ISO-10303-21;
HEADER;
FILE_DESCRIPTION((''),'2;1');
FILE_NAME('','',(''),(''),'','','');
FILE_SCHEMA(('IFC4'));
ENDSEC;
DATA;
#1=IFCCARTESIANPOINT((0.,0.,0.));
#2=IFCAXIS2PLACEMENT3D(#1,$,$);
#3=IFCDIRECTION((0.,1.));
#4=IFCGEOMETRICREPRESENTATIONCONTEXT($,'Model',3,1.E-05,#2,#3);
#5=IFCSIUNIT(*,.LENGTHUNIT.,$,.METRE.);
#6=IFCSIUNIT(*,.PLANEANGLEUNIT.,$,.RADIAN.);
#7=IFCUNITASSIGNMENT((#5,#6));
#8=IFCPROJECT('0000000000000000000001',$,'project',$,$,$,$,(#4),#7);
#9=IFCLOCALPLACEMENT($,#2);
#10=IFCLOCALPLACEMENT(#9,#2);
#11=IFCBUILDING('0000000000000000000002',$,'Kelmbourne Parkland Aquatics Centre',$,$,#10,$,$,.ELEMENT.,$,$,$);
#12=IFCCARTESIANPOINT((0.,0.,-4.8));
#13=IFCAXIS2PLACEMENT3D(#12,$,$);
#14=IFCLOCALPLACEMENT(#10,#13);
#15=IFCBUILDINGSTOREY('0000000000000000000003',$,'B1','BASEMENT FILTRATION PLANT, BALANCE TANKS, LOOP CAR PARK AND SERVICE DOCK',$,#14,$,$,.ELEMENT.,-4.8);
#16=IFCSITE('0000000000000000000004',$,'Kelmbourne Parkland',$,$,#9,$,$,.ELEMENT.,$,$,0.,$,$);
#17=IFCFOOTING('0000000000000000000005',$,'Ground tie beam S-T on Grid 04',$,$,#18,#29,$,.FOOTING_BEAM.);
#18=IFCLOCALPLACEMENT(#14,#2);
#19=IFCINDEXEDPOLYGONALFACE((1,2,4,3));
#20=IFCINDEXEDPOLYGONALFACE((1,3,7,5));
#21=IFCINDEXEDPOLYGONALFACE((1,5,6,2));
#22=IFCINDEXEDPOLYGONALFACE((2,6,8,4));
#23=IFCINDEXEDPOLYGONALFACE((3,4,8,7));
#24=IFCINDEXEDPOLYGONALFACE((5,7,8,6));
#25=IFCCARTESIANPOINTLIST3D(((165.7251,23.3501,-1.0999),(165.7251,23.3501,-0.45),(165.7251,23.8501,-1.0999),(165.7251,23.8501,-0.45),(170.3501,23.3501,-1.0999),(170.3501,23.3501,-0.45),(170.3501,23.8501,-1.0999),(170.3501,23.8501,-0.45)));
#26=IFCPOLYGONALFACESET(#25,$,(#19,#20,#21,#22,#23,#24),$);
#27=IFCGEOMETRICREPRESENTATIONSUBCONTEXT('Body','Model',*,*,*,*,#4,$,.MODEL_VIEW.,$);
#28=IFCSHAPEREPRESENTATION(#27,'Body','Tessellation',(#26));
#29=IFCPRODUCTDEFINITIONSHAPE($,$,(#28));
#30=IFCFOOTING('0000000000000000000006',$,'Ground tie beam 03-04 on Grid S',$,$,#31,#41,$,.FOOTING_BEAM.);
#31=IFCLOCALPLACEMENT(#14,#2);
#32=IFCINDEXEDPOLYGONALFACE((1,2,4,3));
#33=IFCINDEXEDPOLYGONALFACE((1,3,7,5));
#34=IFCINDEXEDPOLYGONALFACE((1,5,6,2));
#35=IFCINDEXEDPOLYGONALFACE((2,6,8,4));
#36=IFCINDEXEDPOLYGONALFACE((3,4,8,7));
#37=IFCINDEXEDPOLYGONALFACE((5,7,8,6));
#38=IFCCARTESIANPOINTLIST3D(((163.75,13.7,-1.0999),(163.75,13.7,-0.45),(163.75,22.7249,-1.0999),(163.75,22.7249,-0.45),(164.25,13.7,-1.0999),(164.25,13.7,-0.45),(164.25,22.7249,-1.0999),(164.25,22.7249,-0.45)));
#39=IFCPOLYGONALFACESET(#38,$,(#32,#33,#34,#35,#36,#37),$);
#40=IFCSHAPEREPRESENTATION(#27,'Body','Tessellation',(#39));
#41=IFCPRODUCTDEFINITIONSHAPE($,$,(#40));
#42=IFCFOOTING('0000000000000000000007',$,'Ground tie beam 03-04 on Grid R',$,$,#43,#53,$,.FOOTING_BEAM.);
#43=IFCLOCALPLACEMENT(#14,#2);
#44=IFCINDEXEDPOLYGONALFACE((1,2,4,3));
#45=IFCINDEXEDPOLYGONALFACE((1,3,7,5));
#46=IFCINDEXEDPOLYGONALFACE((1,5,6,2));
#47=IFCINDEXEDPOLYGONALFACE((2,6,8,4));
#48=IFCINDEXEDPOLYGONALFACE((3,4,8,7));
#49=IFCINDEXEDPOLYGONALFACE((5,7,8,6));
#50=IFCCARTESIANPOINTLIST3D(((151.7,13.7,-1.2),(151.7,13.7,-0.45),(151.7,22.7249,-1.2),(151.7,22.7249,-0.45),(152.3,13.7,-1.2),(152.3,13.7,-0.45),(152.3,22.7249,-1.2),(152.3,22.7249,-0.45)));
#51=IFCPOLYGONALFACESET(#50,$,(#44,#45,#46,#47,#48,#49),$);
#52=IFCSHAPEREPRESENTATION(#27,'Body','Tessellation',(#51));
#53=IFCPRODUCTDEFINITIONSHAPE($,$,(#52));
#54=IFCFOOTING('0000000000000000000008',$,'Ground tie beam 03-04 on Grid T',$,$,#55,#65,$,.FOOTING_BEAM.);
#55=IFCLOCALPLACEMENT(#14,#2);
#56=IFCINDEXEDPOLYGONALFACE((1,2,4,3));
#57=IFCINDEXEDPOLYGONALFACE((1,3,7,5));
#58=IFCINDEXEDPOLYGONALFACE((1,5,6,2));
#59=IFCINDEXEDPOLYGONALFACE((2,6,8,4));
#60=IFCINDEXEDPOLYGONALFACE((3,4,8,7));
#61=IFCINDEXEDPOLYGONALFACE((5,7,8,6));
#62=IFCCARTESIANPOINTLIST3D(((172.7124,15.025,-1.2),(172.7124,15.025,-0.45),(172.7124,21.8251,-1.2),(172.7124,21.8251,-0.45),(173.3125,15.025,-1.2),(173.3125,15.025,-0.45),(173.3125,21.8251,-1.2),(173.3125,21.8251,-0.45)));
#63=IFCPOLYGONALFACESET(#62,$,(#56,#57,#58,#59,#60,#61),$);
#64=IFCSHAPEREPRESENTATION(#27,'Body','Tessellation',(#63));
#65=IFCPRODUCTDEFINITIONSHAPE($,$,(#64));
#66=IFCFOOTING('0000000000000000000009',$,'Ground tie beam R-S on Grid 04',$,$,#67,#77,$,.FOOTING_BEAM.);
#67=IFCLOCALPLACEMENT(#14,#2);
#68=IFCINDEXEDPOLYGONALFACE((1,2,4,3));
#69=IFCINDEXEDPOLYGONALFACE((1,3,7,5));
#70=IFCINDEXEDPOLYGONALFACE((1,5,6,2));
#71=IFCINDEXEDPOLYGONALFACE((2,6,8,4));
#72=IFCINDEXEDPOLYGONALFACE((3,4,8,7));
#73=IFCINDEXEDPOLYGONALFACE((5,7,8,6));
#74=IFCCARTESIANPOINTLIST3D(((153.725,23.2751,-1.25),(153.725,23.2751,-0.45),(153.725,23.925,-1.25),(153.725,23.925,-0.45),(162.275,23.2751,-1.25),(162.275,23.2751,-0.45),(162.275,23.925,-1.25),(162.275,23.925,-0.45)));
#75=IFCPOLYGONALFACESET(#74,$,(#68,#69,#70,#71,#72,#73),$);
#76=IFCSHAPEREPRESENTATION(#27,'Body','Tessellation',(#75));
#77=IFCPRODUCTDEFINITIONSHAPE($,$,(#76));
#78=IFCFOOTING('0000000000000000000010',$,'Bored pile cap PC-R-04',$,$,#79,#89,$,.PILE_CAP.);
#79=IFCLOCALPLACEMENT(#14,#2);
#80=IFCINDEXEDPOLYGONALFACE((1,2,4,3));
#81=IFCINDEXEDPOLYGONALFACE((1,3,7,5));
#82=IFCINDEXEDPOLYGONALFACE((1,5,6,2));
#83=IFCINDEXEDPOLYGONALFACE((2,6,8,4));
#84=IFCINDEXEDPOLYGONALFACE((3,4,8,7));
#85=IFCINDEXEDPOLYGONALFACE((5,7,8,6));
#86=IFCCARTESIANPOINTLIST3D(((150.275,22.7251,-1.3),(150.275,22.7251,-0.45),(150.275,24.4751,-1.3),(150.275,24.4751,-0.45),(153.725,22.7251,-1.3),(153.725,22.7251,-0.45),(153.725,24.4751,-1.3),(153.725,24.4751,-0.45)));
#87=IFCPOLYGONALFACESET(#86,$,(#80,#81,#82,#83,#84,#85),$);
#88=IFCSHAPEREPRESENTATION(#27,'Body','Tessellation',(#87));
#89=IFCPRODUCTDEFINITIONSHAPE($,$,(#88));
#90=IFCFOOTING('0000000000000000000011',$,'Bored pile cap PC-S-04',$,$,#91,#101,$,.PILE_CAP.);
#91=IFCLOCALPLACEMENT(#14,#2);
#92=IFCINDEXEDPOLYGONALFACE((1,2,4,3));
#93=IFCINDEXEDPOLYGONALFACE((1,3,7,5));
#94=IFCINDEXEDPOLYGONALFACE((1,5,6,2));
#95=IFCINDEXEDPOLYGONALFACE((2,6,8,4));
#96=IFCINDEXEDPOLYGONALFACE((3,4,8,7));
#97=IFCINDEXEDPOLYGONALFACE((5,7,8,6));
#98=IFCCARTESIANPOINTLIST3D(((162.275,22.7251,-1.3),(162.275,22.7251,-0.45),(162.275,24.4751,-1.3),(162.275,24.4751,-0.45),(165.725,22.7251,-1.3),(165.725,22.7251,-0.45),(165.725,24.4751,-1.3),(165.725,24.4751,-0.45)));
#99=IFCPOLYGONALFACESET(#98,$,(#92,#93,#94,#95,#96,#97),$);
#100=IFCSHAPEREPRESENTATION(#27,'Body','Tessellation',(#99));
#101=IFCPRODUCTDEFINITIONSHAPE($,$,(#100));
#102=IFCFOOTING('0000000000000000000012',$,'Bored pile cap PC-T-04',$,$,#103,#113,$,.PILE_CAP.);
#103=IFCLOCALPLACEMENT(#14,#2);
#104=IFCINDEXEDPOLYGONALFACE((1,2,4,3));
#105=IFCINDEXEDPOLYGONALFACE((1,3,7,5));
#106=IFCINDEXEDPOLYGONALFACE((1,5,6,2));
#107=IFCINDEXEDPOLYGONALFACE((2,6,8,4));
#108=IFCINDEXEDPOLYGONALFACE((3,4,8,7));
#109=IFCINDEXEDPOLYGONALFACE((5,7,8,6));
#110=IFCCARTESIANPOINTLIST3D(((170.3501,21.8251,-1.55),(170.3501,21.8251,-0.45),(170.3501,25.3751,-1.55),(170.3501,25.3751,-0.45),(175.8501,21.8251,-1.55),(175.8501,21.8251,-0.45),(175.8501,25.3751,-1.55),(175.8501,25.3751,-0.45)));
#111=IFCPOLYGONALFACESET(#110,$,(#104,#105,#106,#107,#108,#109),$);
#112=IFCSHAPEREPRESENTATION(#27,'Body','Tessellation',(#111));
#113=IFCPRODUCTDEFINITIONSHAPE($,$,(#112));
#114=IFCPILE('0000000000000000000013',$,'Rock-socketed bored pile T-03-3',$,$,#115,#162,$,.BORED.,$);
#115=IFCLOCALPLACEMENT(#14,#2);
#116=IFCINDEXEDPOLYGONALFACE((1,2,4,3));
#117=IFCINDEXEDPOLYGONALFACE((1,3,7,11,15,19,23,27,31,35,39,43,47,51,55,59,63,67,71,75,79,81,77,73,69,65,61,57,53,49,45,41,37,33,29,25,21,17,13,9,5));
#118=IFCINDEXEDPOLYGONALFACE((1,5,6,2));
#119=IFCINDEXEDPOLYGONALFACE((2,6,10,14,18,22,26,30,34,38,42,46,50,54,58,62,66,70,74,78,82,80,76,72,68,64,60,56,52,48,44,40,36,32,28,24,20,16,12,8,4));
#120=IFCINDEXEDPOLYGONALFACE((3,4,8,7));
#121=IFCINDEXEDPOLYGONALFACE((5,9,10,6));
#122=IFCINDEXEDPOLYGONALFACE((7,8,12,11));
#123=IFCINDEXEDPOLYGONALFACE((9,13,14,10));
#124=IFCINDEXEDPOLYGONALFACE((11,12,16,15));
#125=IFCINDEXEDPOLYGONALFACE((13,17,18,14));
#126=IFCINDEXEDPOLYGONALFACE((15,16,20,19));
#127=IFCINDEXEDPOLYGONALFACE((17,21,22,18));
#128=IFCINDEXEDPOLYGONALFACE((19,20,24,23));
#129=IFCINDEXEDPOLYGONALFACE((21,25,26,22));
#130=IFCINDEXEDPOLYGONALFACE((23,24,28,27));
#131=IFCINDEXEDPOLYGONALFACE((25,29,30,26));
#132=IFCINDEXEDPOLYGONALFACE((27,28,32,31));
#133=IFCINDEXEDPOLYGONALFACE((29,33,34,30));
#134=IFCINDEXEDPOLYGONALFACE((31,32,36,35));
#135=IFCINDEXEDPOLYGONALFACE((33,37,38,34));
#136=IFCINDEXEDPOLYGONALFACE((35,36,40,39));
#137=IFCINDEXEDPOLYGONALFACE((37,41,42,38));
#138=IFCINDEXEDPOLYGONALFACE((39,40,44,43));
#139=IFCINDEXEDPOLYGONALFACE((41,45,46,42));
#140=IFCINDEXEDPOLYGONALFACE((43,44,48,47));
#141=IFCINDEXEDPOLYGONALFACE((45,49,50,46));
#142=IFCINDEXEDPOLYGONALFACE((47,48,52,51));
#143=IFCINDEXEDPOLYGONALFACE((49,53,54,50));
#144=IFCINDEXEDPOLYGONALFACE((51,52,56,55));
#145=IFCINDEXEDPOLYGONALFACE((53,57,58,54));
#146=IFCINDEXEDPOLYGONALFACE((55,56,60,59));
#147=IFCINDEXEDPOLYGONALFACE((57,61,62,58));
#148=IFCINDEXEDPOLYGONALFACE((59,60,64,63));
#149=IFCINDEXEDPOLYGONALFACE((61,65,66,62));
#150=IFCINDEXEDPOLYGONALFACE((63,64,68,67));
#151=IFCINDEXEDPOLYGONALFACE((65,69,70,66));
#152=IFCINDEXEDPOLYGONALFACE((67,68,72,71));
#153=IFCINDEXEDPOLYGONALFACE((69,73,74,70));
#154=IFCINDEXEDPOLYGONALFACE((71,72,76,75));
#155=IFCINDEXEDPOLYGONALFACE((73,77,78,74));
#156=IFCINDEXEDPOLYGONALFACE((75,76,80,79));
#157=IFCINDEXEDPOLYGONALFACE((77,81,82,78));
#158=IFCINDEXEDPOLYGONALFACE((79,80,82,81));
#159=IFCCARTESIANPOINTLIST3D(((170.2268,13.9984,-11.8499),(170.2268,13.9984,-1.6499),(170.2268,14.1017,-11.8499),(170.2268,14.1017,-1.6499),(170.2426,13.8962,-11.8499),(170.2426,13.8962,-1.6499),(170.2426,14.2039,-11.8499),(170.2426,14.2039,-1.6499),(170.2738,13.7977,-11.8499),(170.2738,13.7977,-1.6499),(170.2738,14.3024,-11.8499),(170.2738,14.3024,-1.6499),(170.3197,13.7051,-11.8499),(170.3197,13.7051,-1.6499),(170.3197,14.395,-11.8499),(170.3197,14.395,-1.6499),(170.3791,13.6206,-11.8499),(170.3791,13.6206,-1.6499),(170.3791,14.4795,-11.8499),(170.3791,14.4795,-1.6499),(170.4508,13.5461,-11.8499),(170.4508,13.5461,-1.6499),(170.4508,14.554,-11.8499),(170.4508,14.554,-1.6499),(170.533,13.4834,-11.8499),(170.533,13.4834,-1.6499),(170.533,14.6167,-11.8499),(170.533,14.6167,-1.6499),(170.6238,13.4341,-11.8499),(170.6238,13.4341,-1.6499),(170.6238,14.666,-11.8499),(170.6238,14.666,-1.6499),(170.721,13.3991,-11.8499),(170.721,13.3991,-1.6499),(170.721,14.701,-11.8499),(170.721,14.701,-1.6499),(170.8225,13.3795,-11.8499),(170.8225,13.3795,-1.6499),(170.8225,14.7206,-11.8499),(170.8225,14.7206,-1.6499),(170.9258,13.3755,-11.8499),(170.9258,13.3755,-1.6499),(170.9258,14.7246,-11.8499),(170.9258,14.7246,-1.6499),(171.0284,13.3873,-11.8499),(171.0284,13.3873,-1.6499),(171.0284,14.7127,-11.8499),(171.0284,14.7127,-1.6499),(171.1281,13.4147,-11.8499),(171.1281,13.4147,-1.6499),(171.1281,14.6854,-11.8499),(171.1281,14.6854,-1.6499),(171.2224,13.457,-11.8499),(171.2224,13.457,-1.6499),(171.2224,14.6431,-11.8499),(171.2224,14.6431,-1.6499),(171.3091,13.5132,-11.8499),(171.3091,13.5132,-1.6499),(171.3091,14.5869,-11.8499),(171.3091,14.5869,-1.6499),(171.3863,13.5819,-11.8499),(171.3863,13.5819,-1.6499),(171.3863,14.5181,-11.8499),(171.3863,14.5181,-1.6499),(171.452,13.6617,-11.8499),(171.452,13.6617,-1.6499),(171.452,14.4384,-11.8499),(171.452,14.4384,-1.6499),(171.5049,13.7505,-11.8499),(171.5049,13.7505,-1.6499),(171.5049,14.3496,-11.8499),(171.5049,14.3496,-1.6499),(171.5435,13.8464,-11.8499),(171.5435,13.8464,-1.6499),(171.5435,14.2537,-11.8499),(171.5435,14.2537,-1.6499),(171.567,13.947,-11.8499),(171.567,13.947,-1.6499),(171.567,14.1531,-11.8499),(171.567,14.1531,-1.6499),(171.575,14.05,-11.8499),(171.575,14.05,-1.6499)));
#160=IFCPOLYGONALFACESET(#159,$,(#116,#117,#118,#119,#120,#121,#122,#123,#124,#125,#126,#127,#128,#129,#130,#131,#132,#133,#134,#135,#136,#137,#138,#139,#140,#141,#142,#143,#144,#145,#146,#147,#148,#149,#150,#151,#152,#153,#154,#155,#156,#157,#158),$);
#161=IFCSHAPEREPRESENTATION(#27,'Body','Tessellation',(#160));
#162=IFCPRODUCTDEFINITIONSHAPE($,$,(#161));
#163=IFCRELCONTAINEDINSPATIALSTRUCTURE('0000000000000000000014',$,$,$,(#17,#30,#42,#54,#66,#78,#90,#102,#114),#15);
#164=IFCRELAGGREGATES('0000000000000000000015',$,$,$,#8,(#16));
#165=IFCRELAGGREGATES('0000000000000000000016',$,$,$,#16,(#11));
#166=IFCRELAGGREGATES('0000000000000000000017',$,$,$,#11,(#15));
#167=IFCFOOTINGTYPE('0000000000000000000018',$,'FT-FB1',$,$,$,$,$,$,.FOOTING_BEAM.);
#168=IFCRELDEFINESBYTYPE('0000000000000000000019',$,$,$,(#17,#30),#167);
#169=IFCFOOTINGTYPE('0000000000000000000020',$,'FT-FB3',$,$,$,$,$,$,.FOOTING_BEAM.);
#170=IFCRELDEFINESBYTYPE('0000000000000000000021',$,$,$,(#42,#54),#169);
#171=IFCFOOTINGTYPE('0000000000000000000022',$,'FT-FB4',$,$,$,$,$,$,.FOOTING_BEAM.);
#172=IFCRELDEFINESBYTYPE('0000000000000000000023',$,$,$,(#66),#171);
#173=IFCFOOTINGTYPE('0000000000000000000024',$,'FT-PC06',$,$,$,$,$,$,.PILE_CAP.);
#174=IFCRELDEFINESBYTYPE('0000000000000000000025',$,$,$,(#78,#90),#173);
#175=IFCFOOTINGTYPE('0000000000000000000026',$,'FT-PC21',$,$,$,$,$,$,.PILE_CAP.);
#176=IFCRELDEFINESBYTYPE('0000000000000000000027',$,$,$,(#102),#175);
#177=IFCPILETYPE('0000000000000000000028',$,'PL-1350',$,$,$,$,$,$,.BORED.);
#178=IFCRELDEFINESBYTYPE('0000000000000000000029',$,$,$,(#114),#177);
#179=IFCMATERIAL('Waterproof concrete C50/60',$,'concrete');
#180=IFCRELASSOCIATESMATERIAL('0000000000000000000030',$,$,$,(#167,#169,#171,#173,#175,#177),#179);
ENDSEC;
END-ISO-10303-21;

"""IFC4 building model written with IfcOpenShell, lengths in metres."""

from ifc_helpers import new_model, si_unit, direction, frame, origin, origin_2d, place, context, subcontext, project, spatial, rectangle, circle, extrude, material, material_profile, profile_set, type_object, element, save


model = new_model("IFC4")

# Units and contexts
model_context = context("Model", 3, precision=1e-05, world=origin(), true_north=direction((0.0, 1.0)))
body_context = subcontext(model_context, "Body", "Model", "MODEL_VIEW")
ifc_project = project(units=[si_unit("LENGTHUNIT", "METRE"), si_unit("PLANEANGLEUNIT", "RADIAN")], contexts=[model_context])

# Site, building, storey
site_placement = place(None, origin())
site = spatial("IfcSite", under=ifc_project, at=site_placement, Name="Kelmbourne Parkland", CompositionType="ELEMENT", RefElevation=0.0)
building_placement = place(site_placement, origin())
building = spatial("IfcBuilding", under=site, at=building_placement, Name="Kelmbourne Parkland Aquatics Centre", CompositionType="ELEMENT")
storey_placement = place(building_placement, frame((0.0, 0.0, -4.8)))
storey = spatial("IfcBuildingStorey", under=building, at=storey_placement, Name="B1", Description="BASEMENT FILTRATION PLANT, BALANCE TANKS, LOOP CAR PARK AND SERVICE DOCK", CompositionType="ELEMENT", Elevation=-4.8)

# Footings
ifc_material_1 = material(Name="Waterproof concrete C50/60", Category="concrete")
footing_type_1 = type_object("IfcFootingType", Name="FT-FB1", PredefinedType="FOOTING_BEAM", material=ifc_material_1)
footing_1_placement = place(storey_placement, frame((168.0376, 23.6001, -1.0999), z_axis=(0.0, 0.0, 1.0), x_axis=(1.0, 0.0, 0.0)))
element("IfcFooting", 1, at=footing_1_placement, inside=storey, type_object=footing_type_1, Name="Ground tie beam S-T on Grid 04", PredefinedType="FOOTING_BEAM", context=body_context, shape_type="SweptSolid", body=[
    extrude(rectangle(XDim=4.625, YDim=0.5, at=origin_2d()), origin(), (0.0, 0.0, 1.0), 0.6499),
])
footing_2_placement = place(storey_placement, frame((164.0, 18.2124, -1.0999), z_axis=(0.0, 0.0, 1.0), x_axis=(0.0, 1.0, 0.0)))
element("IfcFooting", 2, at=footing_2_placement, inside=storey, type_object=footing_type_1, Name="Ground tie beam 03-04 on Grid S", PredefinedType="FOOTING_BEAM", context=body_context, shape_type="SweptSolid", body=[
    extrude(rectangle(XDim=9.0249, YDim=0.5, at=origin_2d()), origin(), (0.0, 0.0, 1.0), 0.6499),
])
footing_type_2 = type_object("IfcFootingType", Name="FT-FB3", PredefinedType="FOOTING_BEAM", material=ifc_material_1)
footing_3_placement = place(storey_placement, frame((152.0, 18.2124, -1.2), z_axis=(0.0, 0.0, 1.0), x_axis=(0.0, 1.0, 0.0)))
element("IfcFooting", 3, at=footing_3_placement, inside=storey, type_object=footing_type_2, Name="Ground tie beam 03-04 on Grid R", PredefinedType="FOOTING_BEAM", context=body_context, shape_type="SweptSolid", body=[
    extrude(rectangle(XDim=9.0249, YDim=0.6001, at=origin_2d()), origin(), (0.0, 0.0, 1.0), 0.75),
])
footing_4_placement = place(storey_placement, frame((173.0125, 18.425, -1.2), z_axis=(0.0, 0.0, 1.0), x_axis=(0.0, 1.0, 0.0)))
element("IfcFooting", 4, at=footing_4_placement, inside=storey, type_object=footing_type_2, Name="Ground tie beam 03-04 on Grid T", PredefinedType="FOOTING_BEAM", context=body_context, shape_type="SweptSolid", body=[
    extrude(rectangle(XDim=6.8, YDim=0.6001, at=origin_2d()), origin(), (0.0, 0.0, 1.0), 0.75),
])
footing_type_3 = type_object("IfcFootingType", Name="FT-FB4", PredefinedType="FOOTING_BEAM", material=ifc_material_1)
footing_5_placement = place(storey_placement, frame((158.0, 23.6001, -1.25), z_axis=(0.0, 0.0, 1.0), x_axis=(1.0, 0.0, 0.0)))
element("IfcFooting", 5, at=footing_5_placement, inside=storey, type_object=footing_type_3, Name="Ground tie beam R-S on Grid 04", PredefinedType="FOOTING_BEAM", context=body_context, shape_type="SweptSolid", body=[
    extrude(rectangle(XDim=8.55, YDim=0.6499, at=origin_2d()), origin(), (0.0, 0.0, 1.0), 0.8),
])
footing_type_4 = type_object("IfcFootingType", Name="FT-PC06", PredefinedType="PILE_CAP", material=ifc_material_1)
for number, where, z_axis, x_axis, name in (
    (6, (152.0, 23.6001, -1.3), (0.0, 0.0, 1.0), (1.0, 0.0, 0.0), "Bored pile cap PC-R-04"),
    (7, (164.0, 23.6001, -1.3), (0.0, 0.0, 1.0), (1.0, 0.0, 0.0), "Bored pile cap PC-S-04"),
):
    element("IfcFooting", number, at=place(storey_placement, frame(where, z_axis=z_axis, x_axis=x_axis)), inside=storey, type_object=footing_type_4, Name=name, PredefinedType="PILE_CAP", context=body_context, shape_type="SweptSolid", body=[
        extrude(rectangle(XDim=3.45, YDim=1.75, at=origin_2d()), origin(), (0.0, 0.0, 1.0), 0.8501),
    ])
footing_type_5 = type_object("IfcFootingType", Name="FT-PC21", PredefinedType="PILE_CAP", material=ifc_material_1)
footing_6_placement = place(storey_placement, frame((173.1001, 23.6001, -1.55), z_axis=(0.0, 0.0, 1.0), x_axis=(1.0, 0.0, 0.0)))
element("IfcFooting", 8, at=footing_6_placement, inside=storey, type_object=footing_type_5, Name="Bored pile cap PC-T-04", PredefinedType="PILE_CAP", context=body_context, shape_type="SweptSolid", body=[
    extrude(rectangle(XDim=5.5, YDim=3.55, at=origin_2d()), origin(), (0.0, 0.0, 1.0), 1.1001),
])

# Pile
ifc_material_profile_1 = material_profile(ifc_material_1, circle(Radius=0.675, at=origin_2d()), Name="PILE D1350")
ifc_profile_set_1 = profile_set([ifc_material_profile_1], Name="Waterproof concrete C50/60")
pile_type_1 = type_object("IfcPileType", Name="PL-1350", PredefinedType="BORED", material=ifc_profile_set_1)
for number, where, z_axis, x_axis, name in (
    (9, (170.8999, 14.05, -1.6499), (0.0, 0.0, -1.0), (1.0, 0.0, 0.0), "Rock-socketed bored pile T-03-3"),
):
    element("IfcPile", number, at=place(storey_placement, frame(where, z_axis=z_axis, x_axis=x_axis)), inside=storey, type_object=pile_type_1, Name=name, PredefinedType="BORED", context=body_context, shape_type="SweptSolid", body=[
        extrude(circle(Radius=0.675, at=origin_2d()), origin(), (0.0, 0.0, 1.0), 10.2),
    ])

save(model, "model.ifc")
